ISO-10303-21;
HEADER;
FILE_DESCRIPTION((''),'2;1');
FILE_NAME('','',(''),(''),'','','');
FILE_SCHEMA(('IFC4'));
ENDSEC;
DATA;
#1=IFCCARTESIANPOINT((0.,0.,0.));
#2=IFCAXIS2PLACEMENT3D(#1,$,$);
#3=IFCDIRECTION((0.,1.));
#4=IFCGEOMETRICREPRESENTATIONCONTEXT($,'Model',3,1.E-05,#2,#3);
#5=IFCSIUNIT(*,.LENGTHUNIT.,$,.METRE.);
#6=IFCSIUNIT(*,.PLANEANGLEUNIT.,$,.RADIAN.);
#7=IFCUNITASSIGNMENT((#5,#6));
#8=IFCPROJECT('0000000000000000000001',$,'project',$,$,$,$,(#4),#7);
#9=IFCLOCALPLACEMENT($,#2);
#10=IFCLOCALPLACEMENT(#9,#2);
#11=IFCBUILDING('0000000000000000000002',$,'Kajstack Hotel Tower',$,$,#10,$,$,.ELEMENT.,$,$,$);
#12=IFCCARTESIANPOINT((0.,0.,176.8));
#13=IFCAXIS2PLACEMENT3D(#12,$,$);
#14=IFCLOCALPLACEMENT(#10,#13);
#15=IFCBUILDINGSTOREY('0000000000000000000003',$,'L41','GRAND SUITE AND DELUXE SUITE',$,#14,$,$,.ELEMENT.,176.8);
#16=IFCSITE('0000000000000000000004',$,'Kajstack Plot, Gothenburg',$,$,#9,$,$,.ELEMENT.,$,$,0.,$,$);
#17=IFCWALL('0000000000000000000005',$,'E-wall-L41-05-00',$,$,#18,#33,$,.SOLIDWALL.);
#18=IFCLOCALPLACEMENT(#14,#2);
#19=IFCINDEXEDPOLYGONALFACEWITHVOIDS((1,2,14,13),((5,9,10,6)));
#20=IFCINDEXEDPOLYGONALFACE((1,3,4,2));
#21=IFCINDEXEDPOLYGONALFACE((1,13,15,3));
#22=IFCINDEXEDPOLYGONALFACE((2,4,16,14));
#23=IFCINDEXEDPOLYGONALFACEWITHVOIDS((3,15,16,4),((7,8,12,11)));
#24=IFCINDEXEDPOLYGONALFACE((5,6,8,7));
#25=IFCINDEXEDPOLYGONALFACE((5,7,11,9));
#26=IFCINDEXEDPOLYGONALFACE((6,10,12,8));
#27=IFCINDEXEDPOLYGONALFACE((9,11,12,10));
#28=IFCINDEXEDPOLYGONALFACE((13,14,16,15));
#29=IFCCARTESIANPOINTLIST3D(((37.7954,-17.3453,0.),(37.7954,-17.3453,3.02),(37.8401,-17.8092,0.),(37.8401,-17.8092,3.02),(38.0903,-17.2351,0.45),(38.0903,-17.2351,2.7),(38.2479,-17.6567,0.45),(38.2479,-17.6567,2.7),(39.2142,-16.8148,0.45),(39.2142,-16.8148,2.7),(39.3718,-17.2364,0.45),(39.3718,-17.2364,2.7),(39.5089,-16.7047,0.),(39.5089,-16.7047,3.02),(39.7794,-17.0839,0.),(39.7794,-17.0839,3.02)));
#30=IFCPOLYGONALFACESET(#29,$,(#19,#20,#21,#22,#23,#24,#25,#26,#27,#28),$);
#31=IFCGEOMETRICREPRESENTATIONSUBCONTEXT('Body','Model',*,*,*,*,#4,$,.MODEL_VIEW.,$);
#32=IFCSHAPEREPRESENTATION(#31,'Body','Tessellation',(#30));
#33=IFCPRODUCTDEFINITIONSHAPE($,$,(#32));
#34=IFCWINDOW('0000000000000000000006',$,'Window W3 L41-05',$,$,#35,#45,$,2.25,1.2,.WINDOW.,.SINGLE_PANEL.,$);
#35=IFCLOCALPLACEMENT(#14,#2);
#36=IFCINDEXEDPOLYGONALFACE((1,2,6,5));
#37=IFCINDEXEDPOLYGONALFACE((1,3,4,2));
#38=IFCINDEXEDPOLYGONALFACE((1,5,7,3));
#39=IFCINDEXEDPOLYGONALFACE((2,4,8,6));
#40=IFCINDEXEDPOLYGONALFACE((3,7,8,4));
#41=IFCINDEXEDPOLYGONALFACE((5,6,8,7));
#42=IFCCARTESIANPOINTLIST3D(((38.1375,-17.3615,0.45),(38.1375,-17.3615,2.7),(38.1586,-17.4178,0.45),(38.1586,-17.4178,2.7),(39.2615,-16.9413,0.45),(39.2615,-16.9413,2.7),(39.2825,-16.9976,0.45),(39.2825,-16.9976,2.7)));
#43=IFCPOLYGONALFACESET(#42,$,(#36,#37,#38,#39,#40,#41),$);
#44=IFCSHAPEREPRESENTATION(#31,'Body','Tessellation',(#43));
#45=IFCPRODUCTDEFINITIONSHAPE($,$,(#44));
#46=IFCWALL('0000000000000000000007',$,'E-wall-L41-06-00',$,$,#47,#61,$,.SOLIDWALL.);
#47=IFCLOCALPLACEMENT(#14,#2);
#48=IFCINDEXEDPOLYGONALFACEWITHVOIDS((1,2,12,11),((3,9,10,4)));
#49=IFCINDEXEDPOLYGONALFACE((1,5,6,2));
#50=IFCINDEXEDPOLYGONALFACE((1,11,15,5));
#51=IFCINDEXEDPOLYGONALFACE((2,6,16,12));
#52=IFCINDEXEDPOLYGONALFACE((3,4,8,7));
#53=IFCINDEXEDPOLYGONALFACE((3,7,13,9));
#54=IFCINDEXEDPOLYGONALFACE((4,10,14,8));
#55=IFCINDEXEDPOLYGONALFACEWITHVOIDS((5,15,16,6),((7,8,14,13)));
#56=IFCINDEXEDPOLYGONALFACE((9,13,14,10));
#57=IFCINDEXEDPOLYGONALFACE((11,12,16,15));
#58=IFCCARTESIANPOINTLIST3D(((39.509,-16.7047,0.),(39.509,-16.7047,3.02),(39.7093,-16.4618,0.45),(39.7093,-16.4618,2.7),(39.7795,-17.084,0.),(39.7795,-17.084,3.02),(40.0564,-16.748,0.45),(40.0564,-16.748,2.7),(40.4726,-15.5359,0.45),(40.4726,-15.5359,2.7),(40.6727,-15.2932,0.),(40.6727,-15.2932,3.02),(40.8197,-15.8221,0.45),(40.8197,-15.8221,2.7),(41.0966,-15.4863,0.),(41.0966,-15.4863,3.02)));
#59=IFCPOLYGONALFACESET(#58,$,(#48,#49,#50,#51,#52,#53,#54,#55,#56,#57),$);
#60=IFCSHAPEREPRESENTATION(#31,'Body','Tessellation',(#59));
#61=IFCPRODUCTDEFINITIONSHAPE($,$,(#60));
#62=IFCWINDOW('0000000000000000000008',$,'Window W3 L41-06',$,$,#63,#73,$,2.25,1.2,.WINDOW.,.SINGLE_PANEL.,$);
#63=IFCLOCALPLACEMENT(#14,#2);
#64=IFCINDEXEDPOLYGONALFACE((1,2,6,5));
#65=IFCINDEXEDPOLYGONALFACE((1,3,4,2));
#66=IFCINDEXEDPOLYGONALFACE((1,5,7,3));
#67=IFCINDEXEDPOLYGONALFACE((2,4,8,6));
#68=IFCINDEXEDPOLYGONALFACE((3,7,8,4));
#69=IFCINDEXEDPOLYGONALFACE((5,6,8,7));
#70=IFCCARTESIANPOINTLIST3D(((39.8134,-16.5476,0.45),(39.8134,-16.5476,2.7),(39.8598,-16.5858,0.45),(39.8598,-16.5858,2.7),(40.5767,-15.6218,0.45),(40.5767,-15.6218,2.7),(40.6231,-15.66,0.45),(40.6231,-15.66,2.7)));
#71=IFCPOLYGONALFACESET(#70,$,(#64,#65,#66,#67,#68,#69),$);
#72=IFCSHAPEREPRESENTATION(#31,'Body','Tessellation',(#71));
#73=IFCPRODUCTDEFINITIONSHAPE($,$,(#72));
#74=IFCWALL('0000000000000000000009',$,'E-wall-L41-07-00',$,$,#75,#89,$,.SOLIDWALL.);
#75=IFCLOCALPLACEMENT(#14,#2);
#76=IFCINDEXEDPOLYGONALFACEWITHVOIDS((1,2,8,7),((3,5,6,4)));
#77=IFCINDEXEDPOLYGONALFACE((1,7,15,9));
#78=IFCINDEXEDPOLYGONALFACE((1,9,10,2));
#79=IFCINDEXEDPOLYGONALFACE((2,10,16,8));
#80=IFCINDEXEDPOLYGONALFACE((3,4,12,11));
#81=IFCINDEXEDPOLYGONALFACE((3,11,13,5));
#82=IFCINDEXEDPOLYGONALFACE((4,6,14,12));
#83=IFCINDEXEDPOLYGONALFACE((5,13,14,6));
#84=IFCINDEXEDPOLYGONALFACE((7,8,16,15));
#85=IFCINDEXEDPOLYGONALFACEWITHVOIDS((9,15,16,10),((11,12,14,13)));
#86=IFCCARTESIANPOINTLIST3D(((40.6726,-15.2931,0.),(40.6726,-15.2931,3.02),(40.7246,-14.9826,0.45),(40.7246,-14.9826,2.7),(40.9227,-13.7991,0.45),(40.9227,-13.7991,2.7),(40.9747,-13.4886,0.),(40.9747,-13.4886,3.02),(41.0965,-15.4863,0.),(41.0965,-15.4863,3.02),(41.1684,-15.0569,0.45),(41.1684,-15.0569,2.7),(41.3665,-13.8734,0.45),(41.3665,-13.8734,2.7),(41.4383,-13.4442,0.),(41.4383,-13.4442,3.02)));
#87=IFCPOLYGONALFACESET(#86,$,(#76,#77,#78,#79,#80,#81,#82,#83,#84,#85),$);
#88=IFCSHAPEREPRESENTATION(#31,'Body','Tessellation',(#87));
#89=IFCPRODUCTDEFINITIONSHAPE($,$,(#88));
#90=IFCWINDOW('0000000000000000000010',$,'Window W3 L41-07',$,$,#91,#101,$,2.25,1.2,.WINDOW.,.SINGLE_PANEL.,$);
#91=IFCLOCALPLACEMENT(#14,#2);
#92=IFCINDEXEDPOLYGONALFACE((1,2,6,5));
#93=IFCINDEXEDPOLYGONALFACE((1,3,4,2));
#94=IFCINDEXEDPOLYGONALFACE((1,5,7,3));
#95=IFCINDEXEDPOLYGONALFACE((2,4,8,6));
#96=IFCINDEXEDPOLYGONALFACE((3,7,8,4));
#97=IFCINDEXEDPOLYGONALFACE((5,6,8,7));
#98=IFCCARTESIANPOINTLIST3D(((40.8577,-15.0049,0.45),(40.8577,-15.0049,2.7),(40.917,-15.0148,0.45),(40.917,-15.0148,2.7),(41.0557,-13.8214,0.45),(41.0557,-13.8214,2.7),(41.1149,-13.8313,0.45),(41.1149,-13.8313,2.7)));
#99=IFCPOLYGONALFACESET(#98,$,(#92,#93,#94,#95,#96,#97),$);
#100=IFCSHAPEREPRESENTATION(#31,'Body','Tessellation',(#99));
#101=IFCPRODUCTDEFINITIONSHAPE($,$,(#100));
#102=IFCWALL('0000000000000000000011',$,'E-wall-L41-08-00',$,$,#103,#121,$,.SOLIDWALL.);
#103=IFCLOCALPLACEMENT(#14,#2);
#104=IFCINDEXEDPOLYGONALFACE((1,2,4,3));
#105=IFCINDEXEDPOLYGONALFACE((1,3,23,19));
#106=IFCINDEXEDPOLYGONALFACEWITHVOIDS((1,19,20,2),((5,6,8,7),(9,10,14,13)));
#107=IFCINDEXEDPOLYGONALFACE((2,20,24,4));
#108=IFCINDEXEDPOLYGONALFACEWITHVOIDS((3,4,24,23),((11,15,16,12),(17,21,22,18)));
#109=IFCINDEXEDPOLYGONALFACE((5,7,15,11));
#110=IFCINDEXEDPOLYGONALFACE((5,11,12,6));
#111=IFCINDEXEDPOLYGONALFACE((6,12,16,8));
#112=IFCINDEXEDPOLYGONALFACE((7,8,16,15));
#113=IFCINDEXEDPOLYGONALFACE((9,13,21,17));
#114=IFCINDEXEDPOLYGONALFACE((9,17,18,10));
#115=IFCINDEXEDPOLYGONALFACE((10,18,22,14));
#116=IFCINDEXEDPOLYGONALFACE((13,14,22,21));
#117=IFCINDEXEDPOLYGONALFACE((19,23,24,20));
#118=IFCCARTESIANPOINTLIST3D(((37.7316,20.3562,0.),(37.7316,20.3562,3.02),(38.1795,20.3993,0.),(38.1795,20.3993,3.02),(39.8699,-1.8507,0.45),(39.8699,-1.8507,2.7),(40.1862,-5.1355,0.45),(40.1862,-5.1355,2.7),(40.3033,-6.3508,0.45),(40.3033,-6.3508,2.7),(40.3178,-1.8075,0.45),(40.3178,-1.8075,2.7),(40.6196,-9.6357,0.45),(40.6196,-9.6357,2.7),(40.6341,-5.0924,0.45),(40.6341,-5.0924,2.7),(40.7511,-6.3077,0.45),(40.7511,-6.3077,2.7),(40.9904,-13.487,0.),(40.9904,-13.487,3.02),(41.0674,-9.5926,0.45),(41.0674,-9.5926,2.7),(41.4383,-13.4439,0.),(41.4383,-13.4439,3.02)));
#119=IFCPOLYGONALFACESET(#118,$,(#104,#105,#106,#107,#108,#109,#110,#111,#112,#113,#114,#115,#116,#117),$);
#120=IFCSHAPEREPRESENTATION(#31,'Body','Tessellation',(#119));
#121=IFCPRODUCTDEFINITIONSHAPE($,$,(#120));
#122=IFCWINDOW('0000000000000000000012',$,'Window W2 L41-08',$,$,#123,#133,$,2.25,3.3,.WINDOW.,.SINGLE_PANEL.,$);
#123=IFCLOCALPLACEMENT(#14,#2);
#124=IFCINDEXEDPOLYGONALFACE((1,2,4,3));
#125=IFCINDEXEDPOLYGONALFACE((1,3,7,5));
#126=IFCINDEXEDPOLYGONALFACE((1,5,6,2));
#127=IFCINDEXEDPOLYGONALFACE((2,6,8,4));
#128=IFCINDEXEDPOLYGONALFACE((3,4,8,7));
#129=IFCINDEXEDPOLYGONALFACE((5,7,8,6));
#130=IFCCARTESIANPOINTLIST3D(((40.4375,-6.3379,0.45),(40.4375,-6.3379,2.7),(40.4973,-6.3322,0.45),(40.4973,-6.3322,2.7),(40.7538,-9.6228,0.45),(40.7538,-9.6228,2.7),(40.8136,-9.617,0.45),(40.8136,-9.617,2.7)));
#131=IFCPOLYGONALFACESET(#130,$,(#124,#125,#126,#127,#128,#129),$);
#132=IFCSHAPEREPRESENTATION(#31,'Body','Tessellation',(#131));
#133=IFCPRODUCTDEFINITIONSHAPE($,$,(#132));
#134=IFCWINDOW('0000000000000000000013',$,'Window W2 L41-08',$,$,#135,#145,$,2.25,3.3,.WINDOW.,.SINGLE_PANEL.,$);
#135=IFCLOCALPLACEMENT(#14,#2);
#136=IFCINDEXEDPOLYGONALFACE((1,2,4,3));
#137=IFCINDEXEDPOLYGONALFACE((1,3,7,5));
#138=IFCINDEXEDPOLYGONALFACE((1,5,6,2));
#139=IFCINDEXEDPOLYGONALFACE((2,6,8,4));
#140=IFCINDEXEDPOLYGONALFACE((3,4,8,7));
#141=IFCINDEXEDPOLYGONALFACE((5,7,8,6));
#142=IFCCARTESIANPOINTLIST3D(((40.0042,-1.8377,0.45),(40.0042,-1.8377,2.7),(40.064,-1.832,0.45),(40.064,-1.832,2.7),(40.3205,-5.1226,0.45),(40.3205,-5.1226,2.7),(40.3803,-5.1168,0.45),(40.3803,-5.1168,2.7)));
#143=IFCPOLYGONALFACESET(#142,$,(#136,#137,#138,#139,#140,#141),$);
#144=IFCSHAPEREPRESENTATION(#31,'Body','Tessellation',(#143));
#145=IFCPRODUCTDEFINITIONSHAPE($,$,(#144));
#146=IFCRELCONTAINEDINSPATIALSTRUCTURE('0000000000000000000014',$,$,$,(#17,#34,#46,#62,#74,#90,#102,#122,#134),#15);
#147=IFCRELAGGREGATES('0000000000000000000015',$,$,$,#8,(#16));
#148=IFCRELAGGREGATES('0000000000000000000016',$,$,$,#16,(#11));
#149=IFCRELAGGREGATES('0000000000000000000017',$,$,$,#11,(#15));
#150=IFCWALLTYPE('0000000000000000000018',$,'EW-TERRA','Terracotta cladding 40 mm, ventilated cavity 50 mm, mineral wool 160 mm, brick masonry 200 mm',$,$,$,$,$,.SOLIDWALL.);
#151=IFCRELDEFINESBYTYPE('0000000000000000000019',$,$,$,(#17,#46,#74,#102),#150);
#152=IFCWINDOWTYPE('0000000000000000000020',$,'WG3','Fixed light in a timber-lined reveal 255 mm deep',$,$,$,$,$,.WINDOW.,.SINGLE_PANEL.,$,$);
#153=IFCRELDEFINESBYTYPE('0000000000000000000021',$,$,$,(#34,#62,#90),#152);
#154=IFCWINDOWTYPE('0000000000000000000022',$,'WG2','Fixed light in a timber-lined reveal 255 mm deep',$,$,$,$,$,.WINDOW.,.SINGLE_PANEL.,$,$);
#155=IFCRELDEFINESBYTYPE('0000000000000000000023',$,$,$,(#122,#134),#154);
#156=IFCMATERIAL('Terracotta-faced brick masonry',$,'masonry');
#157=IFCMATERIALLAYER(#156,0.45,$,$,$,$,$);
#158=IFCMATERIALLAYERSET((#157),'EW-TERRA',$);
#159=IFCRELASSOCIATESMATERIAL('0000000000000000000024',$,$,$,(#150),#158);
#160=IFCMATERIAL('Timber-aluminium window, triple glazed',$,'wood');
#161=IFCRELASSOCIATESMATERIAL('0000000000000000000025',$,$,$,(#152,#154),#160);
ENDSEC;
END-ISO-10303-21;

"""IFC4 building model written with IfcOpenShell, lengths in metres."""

from ifc_helpers import new_model, si_unit, direction, frame, frame_2d, origin, place, context, subcontext, project, spatial, polyline, rectangle, outline, extrude, material, layer, layer_set, type_object, element, fill, save


model = new_model("IFC4")

# Units and contexts
model_context = context("Model", 3, precision=1e-05, world=origin(), true_north=direction((0.0, 1.0)))
body_context = subcontext(model_context, "Body", "Model", "MODEL_VIEW")
ifc_project = project(units=[si_unit("LENGTHUNIT", "METRE"), si_unit("PLANEANGLEUNIT", "RADIAN")], contexts=[model_context])

# Site, building, storey
site_placement = place(None, origin())
site = spatial("IfcSite", under=ifc_project, at=site_placement, Name="Kajstack Plot, Gothenburg", CompositionType="ELEMENT", RefElevation=0.0)
building_placement = place(site_placement, origin())
building = spatial("IfcBuilding", under=site, at=building_placement, Name="Kajstack Hotel Tower", CompositionType="ELEMENT")
storey_placement = place(building_placement, frame((0.0, 0.0, 176.8)))
storey = spatial("IfcBuildingStorey", under=building, at=storey_placement, Name="L41", Description="GRAND SUITE AND DELUXE SUITE", CompositionType="ELEMENT", Elevation=176.8)

# Walls, openings, windows
ifc_material_1 = material(Name="Terracotta-faced brick masonry", Category="masonry")
ifc_layer_1 = layer(ifc_material_1, 0.45)
ifc_layer_set_1 = layer_set([ifc_layer_1], Name="EW-TERRA")
wall_type_1 = type_object("IfcWallType", Name="EW-TERRA", Description="Terracotta cladding 40 mm, ventilated cavity 50 mm, mineral wool 160 mm, brick masonry 200 mm", PredefinedType="SOLIDWALL", material=ifc_layer_set_1)
wall_1_placement = place(storey_placement, frame((37.7612, -17.5984, 0.0), z_axis=(0.0, 0.0, 1.0), x_axis=(0.936678, 0.350193, 0.0)))
wall_1 = element("IfcWall", 1, at=wall_1_placement, inside=storey, type_object=wall_type_1, Name="E-wall-L41-05-00", PredefinedType="SOLIDWALL", context=body_context, shape_type="SweptSolid", body=[
    extrude(outline(polyline([(0.0, -0.2251), (2.0706, -0.2249), (1.95, 0.2251), (0.1206, 0.2251), (0.0, -0.2251)])), origin(), (0.0, 0.0, 1.0), 3.02),
])
opening_1_placement = place(wall_1_placement, frame((0.4353, 0.0, 0.45)))
opening_1 = element("IfcOpeningElement", 2, at=opening_1_placement, cuts=wall_1, PredefinedType="OPENING", context=body_context, shape_type="SweptSolid", body=[
    extrude(rectangle(XDim=1.2, YDim=2.25, at=frame_2d((0.6001, 1.125))), frame((0.0, 0.2349, 0.0), z_axis=(0.0, -1.0, 0.0), x_axis=(1.0, 0.0, 0.0)), (0.0, 0.0, 1.0), 0.47),
])
ifc_material_2 = material(Name="Timber-aluminium window, triple glazed", Category="wood")
window_type_1 = type_object("IfcWindowType", Name="WG3", Description="Fixed light in a timber-lined reveal 255 mm deep", PartitioningType="SINGLE_PANEL", PredefinedType="WINDOW", material=ifc_material_2)
window_1_placement = place(opening_1_placement, origin())
window_1 = element("IfcWindow", 3, at=window_1_placement, inside=storey, type_object=window_type_1, Name="Window W3 L41-05", OverallHeight=2.25, OverallWidth=1.2, PartitioningType="SINGLE_PANEL", PredefinedType="WINDOW", context=body_context, shape_type="SweptSolid", body=[
    extrude(rectangle(XDim=1.2, YDim=2.25, at=frame_2d((0.6001, 1.125))), frame((0.0, 0.0901, 0.0), z_axis=(0.0, -1.0, 0.0), x_axis=(1.0, 0.0, 0.0)), (0.0, 0.0, 1.0), 0.0601),
])
fill(opening_1, window_1)
wall_2_placement = place(storey_placement, frame((39.606, -16.9409, 0.0), z_axis=(0.0, 0.0, 1.0), x_axis=(0.636116, 0.771593, 0.0)))
wall_2 = element("IfcWall", 4, at=wall_2_placement, inside=storey, type_object=wall_type_1, Name="E-wall-L41-06-00", PredefinedType="SOLIDWALL", context=body_context, shape_type="SweptSolid", body=[
    extrude(outline(polyline([(0.0, -0.2249), (2.0706, -0.2249), (1.95, 0.2251), (0.1206, 0.2251), (0.0, -0.2249)])), origin(), (0.0, 0.0, 1.0), 3.02),
])
opening_2_placement = place(wall_2_placement, frame((0.4353, 0.0, 0.45)))
opening_2 = element("IfcOpeningElement", 5, at=opening_2_placement, cuts=wall_2, PredefinedType="OPENING", context=body_context, shape_type="SweptSolid", body=[
    extrude(rectangle(XDim=1.2, YDim=2.25, at=frame_2d((0.6001, 1.125))), frame((0.0, 0.2349, 0.0), z_axis=(0.0, -1.0, 0.0), x_axis=(1.0, 0.0, 0.0)), (0.0, 0.0, 1.0), 0.47),
])
window_2_placement = place(opening_2_placement, origin())
window_2 = element("IfcWindow", 6, at=window_2_placement, inside=storey, type_object=window_type_1, Name="Window W3 L41-06", OverallHeight=2.25, OverallWidth=1.2, PartitioningType="SINGLE_PANEL", PredefinedType="WINDOW", context=body_context, shape_type="SweptSolid", body=[
    extrude(rectangle(XDim=1.2, YDim=2.25, at=frame_2d((0.6001, 1.125))), frame((0.0, 0.0901, 0.0), z_axis=(0.0, -1.0, 0.0), x_axis=(1.0, 0.0, 0.0)), (0.0, 0.0, 1.0), 0.0601),
])
fill(opening_2, window_2)
wall_3_placement = place(storey_placement, frame((40.8748, -15.4492, 0.0), z_axis=(0.0, 0.0, 1.0), x_axis=(0.164953, 0.986301, 0.0)))
wall_3 = element("IfcWall", 7, at=wall_3_placement, inside=storey, type_object=wall_type_1, Name="E-wall-L41-07-00", PredefinedType="SOLIDWALL", context=body_context, shape_type="SweptSolid", body=[
    extrude(outline(polyline([(0.0, -0.2249), (2.0706, -0.2251), (1.9502, 0.2249), (0.1206, 0.2251), (0.0, -0.2249)])), origin(), (0.0, 0.0, 1.0), 3.02),
])
opening_3_placement = place(wall_3_placement, frame((0.4353, 0.0, 0.45)))
opening_3 = element("IfcOpeningElement", 8, at=opening_3_placement, cuts=wall_3, PredefinedType="OPENING", context=body_context, shape_type="SweptSolid", body=[
    extrude(rectangle(XDim=1.2, YDim=2.25, at=frame_2d((0.6001, 1.125))), frame((0.0, 0.2349, 0.0), z_axis=(0.0, -1.0, 0.0), x_axis=(1.0, 0.0, 0.0)), (0.0, 0.0, 1.0), 0.47),
])
window_3_placement = place(opening_3_placement, origin())
window_3 = element("IfcWindow", 9, at=window_3_placement, inside=storey, type_object=window_type_1, Name="Window W3 L41-07", OverallHeight=2.25, OverallWidth=1.2, PartitioningType="SINGLE_PANEL", PredefinedType="WINDOW", context=body_context, shape_type="SweptSolid", body=[
    extrude(rectangle(XDim=1.2, YDim=2.25, at=frame_2d((0.6001, 1.125))), frame((0.0, 0.0901, 0.0), z_axis=(0.0, -1.0, 0.0), x_axis=(1.0, 0.0, 0.0)), (0.0, 0.0, 1.0), 0.0601),
])
fill(opening_3, window_3)

# Wall, openings, windows
wall_4_placement = place(storey_placement, frame((41.2144, -13.4656, 0.0), z_axis=(0.0, 0.0, 1.0), x_axis=(-0.095847, 0.995396, 0.0)))
wall_4 = element("IfcWall", 10, at=wall_4_placement, inside=storey, type_object=wall_type_1, Name="E-wall-L41-08-00", PredefinedType="SOLIDWALL", context=body_context, shape_type="SweptSolid", body=[
    extrude(rectangle(XDim=33.9998, YDim=0.45, at=frame_2d((17.0, 0.0))), origin(), (0.0, 0.0, 1.0), 3.02),
])
opening_4_placement = place(wall_4_placement, frame((3.8694, 0.0, 0.45)))
opening_4 = element("IfcOpeningElement", 11, at=opening_4_placement, cuts=wall_4, PredefinedType="OPENING", context=body_context, shape_type="SweptSolid", body=[
    extrude(rectangle(XDim=3.3, YDim=2.25, at=frame_2d((1.6499, 1.125))), frame((0.0, 0.2349, 0.0), z_axis=(0.0, -1.0, 0.0), x_axis=(1.0, 0.0, 0.0)), (0.0, 0.0, 1.0), 0.47),
])
opening_5_placement = place(wall_4_placement, frame((8.3904, 0.0, 0.45)))
opening_5 = element("IfcOpeningElement", 12, at=opening_5_placement, cuts=wall_4, PredefinedType="OPENING", context=body_context, shape_type="SweptSolid", body=[
    extrude(rectangle(XDim=3.3, YDim=2.25, at=frame_2d((1.6499, 1.125))), frame((0.0, 0.2349, 0.0), z_axis=(0.0, -1.0, 0.0), x_axis=(1.0, 0.0, 0.0)), (0.0, 0.0, 1.0), 0.47),
])
window_type_2 = type_object("IfcWindowType", Name="WG2", Description="Fixed light in a timber-lined reveal 255 mm deep", PartitioningType="SINGLE_PANEL", PredefinedType="WINDOW", material=ifc_material_2)
window_4_placement = place(opening_4_placement, origin())
window_4 = element("IfcWindow", 13, at=window_4_placement, inside=storey, type_object=window_type_2, Name="Window W2 L41-08", OverallHeight=2.25, OverallWidth=3.3, PartitioningType="SINGLE_PANEL", PredefinedType="WINDOW", context=body_context, shape_type="SweptSolid", body=[
    extrude(rectangle(XDim=3.3, YDim=2.25, at=frame_2d((1.6499, 1.125))), frame((0.0, 0.0901, 0.0), z_axis=(0.0, -1.0, 0.0), x_axis=(1.0, 0.0, 0.0)), (0.0, 0.0, 1.0), 0.0601),
])
fill(opening_4, window_4)
window_5_placement = place(opening_5_placement, origin())
window_5 = element("IfcWindow", 14, at=window_5_placement, inside=storey, type_object=window_type_2, Name="Window W2 L41-08", OverallHeight=2.25, OverallWidth=3.3, PartitioningType="SINGLE_PANEL", PredefinedType="WINDOW", context=body_context, shape_type="SweptSolid", body=[
    extrude(rectangle(XDim=3.3, YDim=2.25, at=frame_2d((1.6499, 1.125))), frame((0.0, 0.0901, 0.0), z_axis=(0.0, -1.0, 0.0), x_axis=(1.0, 0.0, 0.0)), (0.0, 0.0, 1.0), 0.0601),
])
fill(opening_5, window_5)

save(model, "model.ifc")
